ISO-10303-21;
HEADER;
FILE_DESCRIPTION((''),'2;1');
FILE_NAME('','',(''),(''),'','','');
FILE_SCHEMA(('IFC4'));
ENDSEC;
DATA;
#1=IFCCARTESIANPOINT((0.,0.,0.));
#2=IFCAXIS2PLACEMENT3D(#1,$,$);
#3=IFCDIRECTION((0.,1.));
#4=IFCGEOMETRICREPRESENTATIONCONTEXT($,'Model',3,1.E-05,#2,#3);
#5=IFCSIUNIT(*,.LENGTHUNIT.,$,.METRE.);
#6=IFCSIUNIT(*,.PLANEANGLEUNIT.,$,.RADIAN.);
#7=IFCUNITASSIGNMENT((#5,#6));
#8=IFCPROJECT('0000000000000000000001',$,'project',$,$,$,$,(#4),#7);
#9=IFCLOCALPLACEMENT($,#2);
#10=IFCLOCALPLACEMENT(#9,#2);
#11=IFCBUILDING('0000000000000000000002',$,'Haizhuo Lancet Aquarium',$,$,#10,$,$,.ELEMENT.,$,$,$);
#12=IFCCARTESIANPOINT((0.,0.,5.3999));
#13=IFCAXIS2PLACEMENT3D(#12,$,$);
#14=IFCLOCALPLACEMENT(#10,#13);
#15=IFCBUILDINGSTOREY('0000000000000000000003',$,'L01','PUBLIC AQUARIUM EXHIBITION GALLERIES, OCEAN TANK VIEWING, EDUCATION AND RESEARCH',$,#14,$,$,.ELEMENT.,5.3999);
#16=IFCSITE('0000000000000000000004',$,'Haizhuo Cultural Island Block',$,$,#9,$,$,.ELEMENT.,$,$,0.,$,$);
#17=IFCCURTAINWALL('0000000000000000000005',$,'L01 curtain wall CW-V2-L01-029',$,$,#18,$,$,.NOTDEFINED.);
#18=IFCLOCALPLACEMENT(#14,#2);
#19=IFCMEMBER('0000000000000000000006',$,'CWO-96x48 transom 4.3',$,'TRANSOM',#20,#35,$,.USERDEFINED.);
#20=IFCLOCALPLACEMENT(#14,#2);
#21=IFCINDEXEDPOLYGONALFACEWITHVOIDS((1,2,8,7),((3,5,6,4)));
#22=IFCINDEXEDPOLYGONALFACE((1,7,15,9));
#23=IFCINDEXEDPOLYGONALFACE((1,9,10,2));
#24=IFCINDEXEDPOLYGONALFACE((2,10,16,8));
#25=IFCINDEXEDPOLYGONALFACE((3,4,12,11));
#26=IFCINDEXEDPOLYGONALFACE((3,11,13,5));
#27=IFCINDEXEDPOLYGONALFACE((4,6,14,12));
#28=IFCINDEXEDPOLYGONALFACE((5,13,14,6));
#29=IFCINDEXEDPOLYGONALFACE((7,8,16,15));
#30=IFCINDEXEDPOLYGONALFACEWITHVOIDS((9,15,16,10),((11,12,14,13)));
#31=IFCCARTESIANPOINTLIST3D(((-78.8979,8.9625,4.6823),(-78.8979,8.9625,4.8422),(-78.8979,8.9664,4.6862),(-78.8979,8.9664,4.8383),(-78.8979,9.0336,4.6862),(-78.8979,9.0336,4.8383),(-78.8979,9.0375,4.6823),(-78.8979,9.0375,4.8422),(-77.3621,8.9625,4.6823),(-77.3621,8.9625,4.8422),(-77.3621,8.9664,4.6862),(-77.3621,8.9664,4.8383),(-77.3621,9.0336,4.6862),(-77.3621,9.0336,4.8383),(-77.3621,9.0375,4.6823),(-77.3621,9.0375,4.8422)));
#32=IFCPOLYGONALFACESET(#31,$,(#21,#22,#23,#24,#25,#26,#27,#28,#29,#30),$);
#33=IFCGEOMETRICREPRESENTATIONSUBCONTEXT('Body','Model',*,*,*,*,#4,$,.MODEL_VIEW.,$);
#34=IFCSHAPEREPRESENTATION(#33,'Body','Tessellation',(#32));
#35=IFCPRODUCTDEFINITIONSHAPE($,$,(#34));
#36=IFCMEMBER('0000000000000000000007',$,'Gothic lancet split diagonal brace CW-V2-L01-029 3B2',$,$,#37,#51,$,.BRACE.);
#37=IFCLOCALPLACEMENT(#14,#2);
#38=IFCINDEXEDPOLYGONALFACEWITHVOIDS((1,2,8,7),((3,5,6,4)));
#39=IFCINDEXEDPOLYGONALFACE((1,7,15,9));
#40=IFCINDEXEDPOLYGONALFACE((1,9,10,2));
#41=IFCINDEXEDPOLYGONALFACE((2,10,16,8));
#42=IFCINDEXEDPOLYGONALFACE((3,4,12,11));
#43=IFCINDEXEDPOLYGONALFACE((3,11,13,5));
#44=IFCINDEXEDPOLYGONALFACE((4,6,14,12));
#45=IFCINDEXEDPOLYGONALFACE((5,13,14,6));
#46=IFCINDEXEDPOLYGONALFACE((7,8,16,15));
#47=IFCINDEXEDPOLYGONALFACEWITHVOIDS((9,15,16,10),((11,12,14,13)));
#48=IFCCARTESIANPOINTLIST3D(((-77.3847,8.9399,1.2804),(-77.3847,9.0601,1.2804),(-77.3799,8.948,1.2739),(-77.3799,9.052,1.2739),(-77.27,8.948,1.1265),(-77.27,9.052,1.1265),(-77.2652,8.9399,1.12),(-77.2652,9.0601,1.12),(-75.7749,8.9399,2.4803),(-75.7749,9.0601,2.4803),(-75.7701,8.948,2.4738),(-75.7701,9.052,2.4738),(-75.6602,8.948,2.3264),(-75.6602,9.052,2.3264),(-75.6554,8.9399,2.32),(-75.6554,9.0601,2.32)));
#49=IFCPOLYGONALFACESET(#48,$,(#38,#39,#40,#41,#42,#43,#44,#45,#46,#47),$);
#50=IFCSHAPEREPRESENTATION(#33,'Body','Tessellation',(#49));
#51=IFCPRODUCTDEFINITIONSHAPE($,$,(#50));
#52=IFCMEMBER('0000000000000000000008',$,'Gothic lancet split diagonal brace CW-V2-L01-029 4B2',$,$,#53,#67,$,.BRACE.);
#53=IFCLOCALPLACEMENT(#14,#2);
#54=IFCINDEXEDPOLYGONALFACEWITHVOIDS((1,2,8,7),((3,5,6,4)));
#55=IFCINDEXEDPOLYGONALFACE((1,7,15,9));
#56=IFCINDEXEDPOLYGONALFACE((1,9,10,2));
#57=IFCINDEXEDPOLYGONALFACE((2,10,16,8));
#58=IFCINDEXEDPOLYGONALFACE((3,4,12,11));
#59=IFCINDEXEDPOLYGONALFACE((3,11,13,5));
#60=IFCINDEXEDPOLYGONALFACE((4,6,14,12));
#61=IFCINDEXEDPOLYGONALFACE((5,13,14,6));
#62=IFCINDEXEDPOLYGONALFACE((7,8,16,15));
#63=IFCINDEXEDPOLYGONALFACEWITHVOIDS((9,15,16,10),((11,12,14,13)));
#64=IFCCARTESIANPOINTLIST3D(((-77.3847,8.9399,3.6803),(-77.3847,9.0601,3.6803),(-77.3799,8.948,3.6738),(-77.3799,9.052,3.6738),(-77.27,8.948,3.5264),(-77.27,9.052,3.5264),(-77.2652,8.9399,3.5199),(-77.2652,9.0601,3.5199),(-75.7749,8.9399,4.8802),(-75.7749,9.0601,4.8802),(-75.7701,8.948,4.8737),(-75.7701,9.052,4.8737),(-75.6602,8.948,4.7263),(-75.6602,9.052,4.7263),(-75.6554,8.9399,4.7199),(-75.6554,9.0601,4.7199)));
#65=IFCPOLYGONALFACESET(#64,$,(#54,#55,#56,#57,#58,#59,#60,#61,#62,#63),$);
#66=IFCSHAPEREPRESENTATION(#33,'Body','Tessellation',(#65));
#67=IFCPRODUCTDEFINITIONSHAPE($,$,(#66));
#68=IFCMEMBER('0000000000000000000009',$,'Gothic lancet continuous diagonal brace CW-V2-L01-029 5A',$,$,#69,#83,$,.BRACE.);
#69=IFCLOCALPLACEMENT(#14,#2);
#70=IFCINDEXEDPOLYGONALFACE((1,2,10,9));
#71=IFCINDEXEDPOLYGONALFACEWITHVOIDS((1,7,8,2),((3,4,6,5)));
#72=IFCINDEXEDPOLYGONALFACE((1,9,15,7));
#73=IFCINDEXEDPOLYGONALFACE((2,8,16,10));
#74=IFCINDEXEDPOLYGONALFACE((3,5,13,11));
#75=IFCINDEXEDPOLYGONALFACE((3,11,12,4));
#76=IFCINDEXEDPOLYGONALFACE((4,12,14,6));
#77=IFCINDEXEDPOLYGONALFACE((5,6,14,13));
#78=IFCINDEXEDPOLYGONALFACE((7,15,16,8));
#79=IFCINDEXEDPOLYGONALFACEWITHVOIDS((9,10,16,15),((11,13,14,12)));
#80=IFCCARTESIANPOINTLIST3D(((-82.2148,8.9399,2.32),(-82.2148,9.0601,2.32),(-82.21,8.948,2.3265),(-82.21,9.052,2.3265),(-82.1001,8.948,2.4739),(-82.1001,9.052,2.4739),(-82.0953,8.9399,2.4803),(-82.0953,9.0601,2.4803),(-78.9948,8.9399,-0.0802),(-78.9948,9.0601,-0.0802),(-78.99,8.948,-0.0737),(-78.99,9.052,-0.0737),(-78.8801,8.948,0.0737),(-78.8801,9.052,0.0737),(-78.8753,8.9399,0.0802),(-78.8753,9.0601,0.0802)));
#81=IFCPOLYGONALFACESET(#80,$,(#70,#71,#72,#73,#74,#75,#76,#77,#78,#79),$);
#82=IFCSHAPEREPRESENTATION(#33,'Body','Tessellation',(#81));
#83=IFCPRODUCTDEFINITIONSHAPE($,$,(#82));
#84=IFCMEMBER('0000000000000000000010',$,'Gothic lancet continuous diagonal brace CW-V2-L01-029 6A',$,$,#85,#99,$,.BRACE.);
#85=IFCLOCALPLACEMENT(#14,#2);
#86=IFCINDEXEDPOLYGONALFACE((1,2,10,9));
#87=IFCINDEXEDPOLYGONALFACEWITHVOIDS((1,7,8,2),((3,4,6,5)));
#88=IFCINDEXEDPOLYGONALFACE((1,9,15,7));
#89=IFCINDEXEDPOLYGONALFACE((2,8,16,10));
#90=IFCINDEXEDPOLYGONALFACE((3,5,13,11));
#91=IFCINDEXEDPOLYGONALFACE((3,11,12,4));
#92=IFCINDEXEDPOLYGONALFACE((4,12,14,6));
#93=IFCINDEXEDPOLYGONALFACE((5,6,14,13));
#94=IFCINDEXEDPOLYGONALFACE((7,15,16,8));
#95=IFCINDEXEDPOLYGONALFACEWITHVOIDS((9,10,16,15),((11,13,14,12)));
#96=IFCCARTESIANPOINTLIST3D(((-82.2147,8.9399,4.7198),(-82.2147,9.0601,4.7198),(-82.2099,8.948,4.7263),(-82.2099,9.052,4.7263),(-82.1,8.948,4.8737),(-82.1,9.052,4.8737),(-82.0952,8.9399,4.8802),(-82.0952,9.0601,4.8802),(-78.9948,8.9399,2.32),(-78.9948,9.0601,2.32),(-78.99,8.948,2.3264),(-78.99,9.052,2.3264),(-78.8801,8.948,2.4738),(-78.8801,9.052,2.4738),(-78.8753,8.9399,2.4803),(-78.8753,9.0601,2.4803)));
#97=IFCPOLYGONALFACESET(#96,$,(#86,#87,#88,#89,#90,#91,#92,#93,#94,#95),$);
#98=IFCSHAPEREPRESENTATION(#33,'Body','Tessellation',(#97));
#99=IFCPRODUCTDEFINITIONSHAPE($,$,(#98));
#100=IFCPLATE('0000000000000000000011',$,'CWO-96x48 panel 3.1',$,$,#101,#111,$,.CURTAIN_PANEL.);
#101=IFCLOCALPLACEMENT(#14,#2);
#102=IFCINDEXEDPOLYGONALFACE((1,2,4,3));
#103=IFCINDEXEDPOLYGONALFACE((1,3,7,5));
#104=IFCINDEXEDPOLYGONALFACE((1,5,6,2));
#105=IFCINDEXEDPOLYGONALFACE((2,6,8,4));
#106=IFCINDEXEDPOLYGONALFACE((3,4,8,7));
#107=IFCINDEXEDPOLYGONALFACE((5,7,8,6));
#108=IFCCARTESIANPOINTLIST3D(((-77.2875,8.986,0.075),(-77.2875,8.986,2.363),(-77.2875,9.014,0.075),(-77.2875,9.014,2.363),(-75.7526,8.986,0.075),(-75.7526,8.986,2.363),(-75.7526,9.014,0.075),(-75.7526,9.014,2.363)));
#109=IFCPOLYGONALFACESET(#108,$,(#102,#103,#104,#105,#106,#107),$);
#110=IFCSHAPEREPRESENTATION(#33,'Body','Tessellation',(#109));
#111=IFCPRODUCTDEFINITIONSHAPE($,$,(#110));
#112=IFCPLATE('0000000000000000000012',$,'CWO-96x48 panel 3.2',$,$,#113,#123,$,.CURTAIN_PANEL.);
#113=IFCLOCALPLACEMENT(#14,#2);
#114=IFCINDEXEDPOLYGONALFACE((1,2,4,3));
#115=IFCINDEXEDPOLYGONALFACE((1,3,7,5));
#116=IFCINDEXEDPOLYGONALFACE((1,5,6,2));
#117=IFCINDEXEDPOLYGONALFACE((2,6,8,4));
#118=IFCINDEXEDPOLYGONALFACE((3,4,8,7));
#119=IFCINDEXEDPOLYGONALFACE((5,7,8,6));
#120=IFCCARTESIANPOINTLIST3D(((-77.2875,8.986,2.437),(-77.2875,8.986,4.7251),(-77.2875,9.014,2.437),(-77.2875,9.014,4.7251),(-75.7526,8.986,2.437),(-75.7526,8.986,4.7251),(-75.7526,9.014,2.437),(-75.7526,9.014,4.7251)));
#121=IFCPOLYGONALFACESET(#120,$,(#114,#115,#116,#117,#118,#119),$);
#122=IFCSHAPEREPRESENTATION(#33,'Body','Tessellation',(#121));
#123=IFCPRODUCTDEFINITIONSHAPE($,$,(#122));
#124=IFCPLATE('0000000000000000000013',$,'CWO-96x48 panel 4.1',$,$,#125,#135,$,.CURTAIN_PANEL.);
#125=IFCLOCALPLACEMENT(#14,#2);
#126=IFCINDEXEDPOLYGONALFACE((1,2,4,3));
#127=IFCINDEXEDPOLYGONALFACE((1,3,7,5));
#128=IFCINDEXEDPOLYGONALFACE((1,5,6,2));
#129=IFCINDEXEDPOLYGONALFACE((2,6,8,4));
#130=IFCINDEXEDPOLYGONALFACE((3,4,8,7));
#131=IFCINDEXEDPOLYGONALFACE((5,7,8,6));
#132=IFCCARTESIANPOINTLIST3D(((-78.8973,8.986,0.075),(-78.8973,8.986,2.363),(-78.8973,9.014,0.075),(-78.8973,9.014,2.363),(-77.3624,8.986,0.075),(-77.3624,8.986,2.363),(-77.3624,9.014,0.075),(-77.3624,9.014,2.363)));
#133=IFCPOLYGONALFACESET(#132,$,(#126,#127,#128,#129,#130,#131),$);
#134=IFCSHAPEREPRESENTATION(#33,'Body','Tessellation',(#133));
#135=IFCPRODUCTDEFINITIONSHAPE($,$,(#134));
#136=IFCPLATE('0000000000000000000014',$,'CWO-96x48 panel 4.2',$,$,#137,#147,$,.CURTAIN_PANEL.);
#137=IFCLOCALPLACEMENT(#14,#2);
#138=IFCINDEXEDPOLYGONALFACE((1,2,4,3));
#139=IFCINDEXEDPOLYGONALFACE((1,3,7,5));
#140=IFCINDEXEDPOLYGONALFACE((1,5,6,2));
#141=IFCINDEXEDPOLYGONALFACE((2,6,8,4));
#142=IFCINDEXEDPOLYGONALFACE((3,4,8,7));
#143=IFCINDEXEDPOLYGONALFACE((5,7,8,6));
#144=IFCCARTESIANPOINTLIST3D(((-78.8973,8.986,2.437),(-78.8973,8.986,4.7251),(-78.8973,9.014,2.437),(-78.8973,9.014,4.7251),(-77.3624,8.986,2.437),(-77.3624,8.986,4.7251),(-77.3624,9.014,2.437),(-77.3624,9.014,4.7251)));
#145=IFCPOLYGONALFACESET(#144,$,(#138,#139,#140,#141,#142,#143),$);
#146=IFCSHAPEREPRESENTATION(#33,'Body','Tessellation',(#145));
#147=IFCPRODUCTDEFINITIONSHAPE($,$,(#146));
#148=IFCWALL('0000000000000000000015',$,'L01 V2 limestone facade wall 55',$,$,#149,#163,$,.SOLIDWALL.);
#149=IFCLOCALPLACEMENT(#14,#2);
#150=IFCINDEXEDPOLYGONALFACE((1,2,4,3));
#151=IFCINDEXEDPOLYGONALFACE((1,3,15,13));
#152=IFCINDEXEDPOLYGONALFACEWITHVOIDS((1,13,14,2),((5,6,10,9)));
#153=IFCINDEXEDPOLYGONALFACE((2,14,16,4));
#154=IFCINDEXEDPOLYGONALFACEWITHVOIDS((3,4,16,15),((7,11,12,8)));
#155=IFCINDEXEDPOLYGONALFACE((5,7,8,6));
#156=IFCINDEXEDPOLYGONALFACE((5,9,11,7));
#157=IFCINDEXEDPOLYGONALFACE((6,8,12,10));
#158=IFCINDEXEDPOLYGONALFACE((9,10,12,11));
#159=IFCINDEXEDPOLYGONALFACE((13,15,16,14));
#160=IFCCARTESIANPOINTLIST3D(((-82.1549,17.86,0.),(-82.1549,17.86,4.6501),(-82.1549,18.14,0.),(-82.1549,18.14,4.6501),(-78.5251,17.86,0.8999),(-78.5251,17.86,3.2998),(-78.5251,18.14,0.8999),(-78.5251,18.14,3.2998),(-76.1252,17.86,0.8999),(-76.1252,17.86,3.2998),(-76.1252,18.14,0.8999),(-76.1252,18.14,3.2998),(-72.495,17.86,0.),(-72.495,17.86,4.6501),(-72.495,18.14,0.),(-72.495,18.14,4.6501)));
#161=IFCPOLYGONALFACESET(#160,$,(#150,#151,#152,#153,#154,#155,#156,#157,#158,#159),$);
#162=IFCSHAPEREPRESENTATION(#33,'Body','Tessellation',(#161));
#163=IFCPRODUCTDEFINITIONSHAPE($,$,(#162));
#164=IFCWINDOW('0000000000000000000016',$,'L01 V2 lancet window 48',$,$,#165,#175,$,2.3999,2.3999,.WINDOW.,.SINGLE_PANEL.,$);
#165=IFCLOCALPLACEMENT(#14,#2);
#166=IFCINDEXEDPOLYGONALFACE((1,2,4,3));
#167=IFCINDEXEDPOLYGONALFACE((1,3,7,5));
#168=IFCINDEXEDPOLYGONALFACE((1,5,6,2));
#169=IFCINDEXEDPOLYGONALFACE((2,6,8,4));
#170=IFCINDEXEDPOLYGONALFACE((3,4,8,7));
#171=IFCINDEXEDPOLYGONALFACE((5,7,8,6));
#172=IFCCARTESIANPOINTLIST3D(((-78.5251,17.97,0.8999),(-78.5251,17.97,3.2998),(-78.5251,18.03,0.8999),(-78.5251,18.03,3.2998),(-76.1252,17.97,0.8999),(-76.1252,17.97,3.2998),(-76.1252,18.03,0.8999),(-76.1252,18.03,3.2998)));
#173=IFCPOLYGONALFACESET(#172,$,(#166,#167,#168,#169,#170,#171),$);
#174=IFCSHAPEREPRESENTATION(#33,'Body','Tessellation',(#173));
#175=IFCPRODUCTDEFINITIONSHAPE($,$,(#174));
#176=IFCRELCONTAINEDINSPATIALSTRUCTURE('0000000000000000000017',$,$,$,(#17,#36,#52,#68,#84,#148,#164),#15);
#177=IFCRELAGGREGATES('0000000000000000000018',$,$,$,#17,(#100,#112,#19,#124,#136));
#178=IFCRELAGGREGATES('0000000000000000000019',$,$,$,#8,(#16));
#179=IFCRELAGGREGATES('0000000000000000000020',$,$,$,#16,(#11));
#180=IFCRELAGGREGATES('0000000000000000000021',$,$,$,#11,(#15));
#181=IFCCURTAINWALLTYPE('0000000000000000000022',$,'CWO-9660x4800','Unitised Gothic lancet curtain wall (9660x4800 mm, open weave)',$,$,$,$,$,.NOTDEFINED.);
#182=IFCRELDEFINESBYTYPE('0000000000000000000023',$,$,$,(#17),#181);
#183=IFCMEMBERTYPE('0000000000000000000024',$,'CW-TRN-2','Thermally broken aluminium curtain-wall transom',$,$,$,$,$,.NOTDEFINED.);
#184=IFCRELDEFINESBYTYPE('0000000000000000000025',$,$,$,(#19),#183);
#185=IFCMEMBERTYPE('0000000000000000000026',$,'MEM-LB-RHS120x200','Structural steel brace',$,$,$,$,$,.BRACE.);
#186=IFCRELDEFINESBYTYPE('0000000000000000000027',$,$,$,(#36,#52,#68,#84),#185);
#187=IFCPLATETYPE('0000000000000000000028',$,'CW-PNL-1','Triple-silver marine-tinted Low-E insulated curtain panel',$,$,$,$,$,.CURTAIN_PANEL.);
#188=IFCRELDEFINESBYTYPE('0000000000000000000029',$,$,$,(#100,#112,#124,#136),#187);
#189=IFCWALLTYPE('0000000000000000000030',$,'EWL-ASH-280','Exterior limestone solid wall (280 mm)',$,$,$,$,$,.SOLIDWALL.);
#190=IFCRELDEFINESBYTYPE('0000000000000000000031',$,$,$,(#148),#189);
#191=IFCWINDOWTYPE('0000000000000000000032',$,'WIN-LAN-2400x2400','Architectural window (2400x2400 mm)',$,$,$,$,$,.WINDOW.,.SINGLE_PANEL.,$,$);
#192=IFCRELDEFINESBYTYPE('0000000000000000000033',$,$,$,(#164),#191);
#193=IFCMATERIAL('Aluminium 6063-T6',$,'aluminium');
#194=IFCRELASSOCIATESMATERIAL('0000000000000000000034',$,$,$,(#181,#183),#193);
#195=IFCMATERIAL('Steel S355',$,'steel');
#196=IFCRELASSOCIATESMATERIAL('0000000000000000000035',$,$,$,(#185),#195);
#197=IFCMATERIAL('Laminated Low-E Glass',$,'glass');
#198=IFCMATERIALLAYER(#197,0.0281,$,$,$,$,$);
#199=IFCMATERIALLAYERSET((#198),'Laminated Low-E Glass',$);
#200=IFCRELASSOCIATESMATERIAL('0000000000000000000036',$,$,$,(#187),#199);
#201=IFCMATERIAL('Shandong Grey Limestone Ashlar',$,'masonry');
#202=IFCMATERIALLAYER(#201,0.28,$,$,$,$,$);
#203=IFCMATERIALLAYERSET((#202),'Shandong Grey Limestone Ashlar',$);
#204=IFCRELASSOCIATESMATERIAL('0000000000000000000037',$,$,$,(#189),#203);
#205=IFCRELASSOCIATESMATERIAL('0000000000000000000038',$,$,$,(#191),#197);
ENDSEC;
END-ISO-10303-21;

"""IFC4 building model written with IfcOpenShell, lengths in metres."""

from ifc_helpers import new_model, si_unit, direction, frame, frame_2d, origin, origin_2d, place, context, subcontext, project, spatial, rectangle, hollow_rectangle, extrude, material, layer, layer_set, material_profile, profile_set, type_object, element, fill, aggregate, save


model = new_model("IFC4")

# Units and contexts
model_context = context("Model", 3, precision=1e-05, world=origin(), true_north=direction((0.0, 1.0)))
body_context = subcontext(model_context, "Body", "Model", "MODEL_VIEW")
ifc_project = project(units=[si_unit("LENGTHUNIT", "METRE"), si_unit("PLANEANGLEUNIT", "RADIAN")], contexts=[model_context])

# Site, building, storey
site_placement = place(None, origin())
site = spatial("IfcSite", under=ifc_project, at=site_placement, Name="Haizhuo Cultural Island Block", CompositionType="ELEMENT", RefElevation=0.0)
building_placement = place(site_placement, origin())
building = spatial("IfcBuilding", under=site, at=building_placement, Name="Haizhuo Lancet Aquarium", CompositionType="ELEMENT")
storey_placement = place(building_placement, frame((0.0, 0.0, 5.3999)))
storey = spatial("IfcBuildingStorey", under=building, at=storey_placement, Name="L01", Description="PUBLIC AQUARIUM EXHIBITION GALLERIES, OCEAN TANK VIEWING, EDUCATION AND RESEARCH", CompositionType="ELEMENT", Elevation=5.3999)

# Shared definitions
ifc_material_1 = material(Name="Steel S355", Category="steel")

# Curtain wall, member
ifc_material_2 = material(Name="Aluminium 6063-T6", Category="aluminium")
curtain_wall_type = type_object("IfcCurtainWallType", Name="CWO-9660x4800", Description="Unitised Gothic lancet curtain wall (9660x4800 mm, open weave)", PredefinedType="NOTDEFINED", material=ifc_material_2)
curtain_wall_placement = place(storey_placement, origin())
curtain_wall = element("IfcCurtainWall", 1, at=curtain_wall_placement, inside=storey, type_object=curtain_wall_type, Name="L01 curtain wall CW-V2-L01-029", PredefinedType="NOTDEFINED")
ifc_material_profile_1 = material_profile(ifc_material_2, hollow_rectangle(XDim=0.075, YDim=0.1599, WallThickness=0.0039, at=origin_2d()), Name="ALU-T 75x160x4")
ifc_profile_set_1 = profile_set([ifc_material_profile_1], Name="Aluminium 6063-T6")
member_type_1 = type_object("IfcMemberType", Name="CW-TRN-2", Description="Thermally broken aluminium curtain-wall transom", PredefinedType="NOTDEFINED", material=ifc_profile_set_1)
member_1_placement = place(storey_placement, frame((-77.3621, 9.0, 4.7622), z_axis=(-1.0, 0.0, 0.0), x_axis=(0.0, -1.0, 0.0)))
member_1 = element("IfcMember", 2, at=member_1_placement, type_object=member_type_1, Name="CWO-96x48 transom 4.3", ObjectType="TRANSOM", PredefinedType="USERDEFINED", context=body_context, shape_type="SweptSolid", body=[
    extrude(hollow_rectangle(XDim=0.075, YDim=0.1599, WallThickness=0.0039, at=origin_2d()), origin(), (0.0, 0.0, 1.0), 1.5359),
])

# Members
ifc_material_profile_2 = material_profile(ifc_material_1, hollow_rectangle(XDim=0.1201, YDim=0.2, WallThickness=0.0081, at=origin_2d()), Name="RHS 120x200x8")
ifc_profile_set_2 = profile_set([ifc_material_profile_2], Name="Steel S355")
member_type_2 = type_object("IfcMemberType", Name="MEM-LB-RHS120x200", Description="Structural steel brace", PredefinedType="BRACE", material=ifc_profile_set_2)
for number, where, z_axis, x_axis, name in (
    (3, (-77.325, 9.0, 1.2002), (0.801777, 0.0, 0.597624), (0.0, 1.0, 0.0), "Gothic lancet split diagonal brace CW-V2-L01-029 3B2"),
    (4, (-77.325, 9.0, 3.6001), (0.801777, 0.0, 0.597624), (0.0, 1.0, 0.0), "Gothic lancet split diagonal brace CW-V2-L01-029 4B2"),
):
    element("IfcMember", number, at=place(storey_placement, frame(where, z_axis=z_axis, x_axis=x_axis)), inside=storey, type_object=member_type_2, Name=name, PredefinedType="BRACE", context=body_context, shape_type="SweptSolid", body=[
        extrude(hollow_rectangle(XDim=0.1201, YDim=0.2, WallThickness=0.0081, at=origin_2d()), origin(), (0.0, 0.0, 1.0), 2.0078),
    ])
member_2_placement = place(storey_placement, frame((-78.9351, 9.0, 0.0), z_axis=(-0.801769, 0.0, 0.597634), x_axis=(0.0, -1.0, 0.0)))
element("IfcMember", 5, at=member_2_placement, inside=storey, type_object=member_type_2, Name="Gothic lancet continuous diagonal brace CW-V2-L01-029 5A", PredefinedType="BRACE", context=body_context, shape_type="SweptSolid", body=[
    extrude(hollow_rectangle(XDim=0.1201, YDim=0.2, WallThickness=0.0081, at=origin_2d()), origin(), (0.0, 0.0, 1.0), 4.0161),
])
member_3_placement = place(storey_placement, frame((-78.9351, 9.0, 2.4001), z_axis=(-0.801798, 0.0, 0.597595), x_axis=(0.0, -1.0, 0.0)))
element("IfcMember", 6, at=member_3_placement, inside=storey, type_object=member_type_2, Name="Gothic lancet continuous diagonal brace CW-V2-L01-029 6A", PredefinedType="BRACE", context=body_context, shape_type="SweptSolid", body=[
    extrude(hollow_rectangle(XDim=0.1201, YDim=0.2, WallThickness=0.0081, at=origin_2d()), origin(), (0.0, 0.0, 1.0), 4.0159),
])

# Plates
ifc_material_3 = material(Name="Laminated Low-E Glass", Category="glass")
ifc_layer_1 = layer(ifc_material_3, 0.0281)
ifc_layer_set_1 = layer_set([ifc_layer_1], Name="Laminated Low-E Glass")
plate_type = type_object("IfcPlateType", Name="CW-PNL-1", Description="Triple-silver marine-tinted Low-E insulated curtain panel", PredefinedType="CURTAIN_PANEL", material=ifc_layer_set_1)
plate_1_placement = place(storey_placement, frame((-76.52, 9.0, 0.075), z_axis=(0.0, 0.0, 1.0), x_axis=(-1.0, 0.0, 0.0)))
plate_1 = element("IfcPlate", 7, at=plate_1_placement, type_object=plate_type, Name="CWO-96x48 panel 3.1", PredefinedType="CURTAIN_PANEL", context=body_context, shape_type="SweptSolid", body=[
    extrude(rectangle(XDim=1.5349, YDim=0.0281, at=origin_2d()), origin(), (0.0, 0.0, 1.0), 2.2881),
])
plate_2_placement = place(storey_placement, frame((-76.52, 9.0, 2.437), z_axis=(0.0, 0.0, 1.0), x_axis=(-1.0, 0.0, 0.0)))
plate_2 = element("IfcPlate", 8, at=plate_2_placement, type_object=plate_type, Name="CWO-96x48 panel 3.2", PredefinedType="CURTAIN_PANEL", context=body_context, shape_type="SweptSolid", body=[
    extrude(rectangle(XDim=1.5349, YDim=0.0281, at=origin_2d()), origin(), (0.0, 0.0, 1.0), 2.2881),
])
plate_3_placement = place(storey_placement, frame((-78.1299, 9.0, 0.075), z_axis=(0.0, 0.0, 1.0), x_axis=(-1.0, 0.0, 0.0)))
plate_3 = element("IfcPlate", 9, at=plate_3_placement, type_object=plate_type, Name="CWO-96x48 panel 4.1", PredefinedType="CURTAIN_PANEL", context=body_context, shape_type="SweptSolid", body=[
    extrude(rectangle(XDim=1.5349, YDim=0.0281, at=origin_2d()), origin(), (0.0, 0.0, 1.0), 2.2881),
])
plate_4_placement = place(storey_placement, frame((-78.1299, 9.0, 2.437), z_axis=(0.0, 0.0, 1.0), x_axis=(-1.0, 0.0, 0.0)))
plate_4 = element("IfcPlate", 10, at=plate_4_placement, type_object=plate_type, Name="CWO-96x48 panel 4.2", PredefinedType="CURTAIN_PANEL", context=body_context, shape_type="SweptSolid", body=[
    extrude(rectangle(XDim=1.5349, YDim=0.0281, at=origin_2d()), origin(), (0.0, 0.0, 1.0), 2.2881),
])
aggregate(curtain_wall, [plate_1, plate_2, member_1, plate_3, plate_4])

# Wall, opening, window
ifc_material_4 = material(Name="Shandong Grey Limestone Ashlar", Category="masonry")
ifc_layer_2 = layer(ifc_material_4, 0.28)
ifc_layer_set_2 = layer_set([ifc_layer_2], Name="Shandong Grey Limestone Ashlar")
wall_type_1 = type_object("IfcWallType", Name="EWL-ASH-280", Description="Exterior limestone solid wall (280 mm)", PredefinedType="SOLIDWALL", material=ifc_layer_set_2)
wall_1_placement = place(storey_placement, frame((-82.155, 18.0, 0.0), z_axis=(0.0, 0.0, 1.0), x_axis=(1.0, 0.0, 0.0)))
wall_1 = element("IfcWall", 11, at=wall_1_placement, inside=storey, type_object=wall_type_1, Name="L01 V2 limestone facade wall 55", PredefinedType="SOLIDWALL", context=body_context, shape_type="SweptSolid", body=[
    extrude(rectangle(XDim=9.6599, YDim=0.28, at=frame_2d((4.8301, 0.0))), origin(), (0.0, 0.0, 1.0), 4.6501),
])
opening_1_placement = place(wall_1_placement, frame((3.6299, 0.0, 0.8999)))
opening_1 = element("IfcOpeningElement", 12, at=opening_1_placement, cuts=wall_1, PredefinedType="OPENING", context=body_context, shape_type="SweptSolid", body=[
    extrude(rectangle(XDim=2.3999, YDim=2.3999, at=frame_2d((1.2, 1.2))), frame((0.0, 0.1499, 0.0), z_axis=(0.0, -1.0, 0.0), x_axis=(1.0, 0.0, 0.0)), (0.0, 0.0, 1.0), 0.3),
])
window_type_1 = type_object("IfcWindowType", Name="WIN-LAN-2400x2400", Description="Architectural window (2400x2400 mm)", PartitioningType="SINGLE_PANEL", PredefinedType="WINDOW", material=ifc_material_3)
window_1_placement = place(opening_1_placement, origin())
window_1 = element("IfcWindow", 13, at=window_1_placement, inside=storey, type_object=window_type_1, Name="L01 V2 lancet window 48", OverallHeight=2.3999, OverallWidth=2.3999, PartitioningType="SINGLE_PANEL", PredefinedType="WINDOW", context=body_context, shape_type="SweptSolid", body=[
    extrude(rectangle(XDim=2.3999, YDim=2.3999, at=frame_2d((1.2, 1.2))), frame((0.0, 0.03, 0.0), z_axis=(0.0, -1.0, 0.0), x_axis=(1.0, 0.0, 0.0)), (0.0, 0.0, 1.0), 0.0601),
])
fill(opening_1, window_1)

save(model, "model.ifc")
